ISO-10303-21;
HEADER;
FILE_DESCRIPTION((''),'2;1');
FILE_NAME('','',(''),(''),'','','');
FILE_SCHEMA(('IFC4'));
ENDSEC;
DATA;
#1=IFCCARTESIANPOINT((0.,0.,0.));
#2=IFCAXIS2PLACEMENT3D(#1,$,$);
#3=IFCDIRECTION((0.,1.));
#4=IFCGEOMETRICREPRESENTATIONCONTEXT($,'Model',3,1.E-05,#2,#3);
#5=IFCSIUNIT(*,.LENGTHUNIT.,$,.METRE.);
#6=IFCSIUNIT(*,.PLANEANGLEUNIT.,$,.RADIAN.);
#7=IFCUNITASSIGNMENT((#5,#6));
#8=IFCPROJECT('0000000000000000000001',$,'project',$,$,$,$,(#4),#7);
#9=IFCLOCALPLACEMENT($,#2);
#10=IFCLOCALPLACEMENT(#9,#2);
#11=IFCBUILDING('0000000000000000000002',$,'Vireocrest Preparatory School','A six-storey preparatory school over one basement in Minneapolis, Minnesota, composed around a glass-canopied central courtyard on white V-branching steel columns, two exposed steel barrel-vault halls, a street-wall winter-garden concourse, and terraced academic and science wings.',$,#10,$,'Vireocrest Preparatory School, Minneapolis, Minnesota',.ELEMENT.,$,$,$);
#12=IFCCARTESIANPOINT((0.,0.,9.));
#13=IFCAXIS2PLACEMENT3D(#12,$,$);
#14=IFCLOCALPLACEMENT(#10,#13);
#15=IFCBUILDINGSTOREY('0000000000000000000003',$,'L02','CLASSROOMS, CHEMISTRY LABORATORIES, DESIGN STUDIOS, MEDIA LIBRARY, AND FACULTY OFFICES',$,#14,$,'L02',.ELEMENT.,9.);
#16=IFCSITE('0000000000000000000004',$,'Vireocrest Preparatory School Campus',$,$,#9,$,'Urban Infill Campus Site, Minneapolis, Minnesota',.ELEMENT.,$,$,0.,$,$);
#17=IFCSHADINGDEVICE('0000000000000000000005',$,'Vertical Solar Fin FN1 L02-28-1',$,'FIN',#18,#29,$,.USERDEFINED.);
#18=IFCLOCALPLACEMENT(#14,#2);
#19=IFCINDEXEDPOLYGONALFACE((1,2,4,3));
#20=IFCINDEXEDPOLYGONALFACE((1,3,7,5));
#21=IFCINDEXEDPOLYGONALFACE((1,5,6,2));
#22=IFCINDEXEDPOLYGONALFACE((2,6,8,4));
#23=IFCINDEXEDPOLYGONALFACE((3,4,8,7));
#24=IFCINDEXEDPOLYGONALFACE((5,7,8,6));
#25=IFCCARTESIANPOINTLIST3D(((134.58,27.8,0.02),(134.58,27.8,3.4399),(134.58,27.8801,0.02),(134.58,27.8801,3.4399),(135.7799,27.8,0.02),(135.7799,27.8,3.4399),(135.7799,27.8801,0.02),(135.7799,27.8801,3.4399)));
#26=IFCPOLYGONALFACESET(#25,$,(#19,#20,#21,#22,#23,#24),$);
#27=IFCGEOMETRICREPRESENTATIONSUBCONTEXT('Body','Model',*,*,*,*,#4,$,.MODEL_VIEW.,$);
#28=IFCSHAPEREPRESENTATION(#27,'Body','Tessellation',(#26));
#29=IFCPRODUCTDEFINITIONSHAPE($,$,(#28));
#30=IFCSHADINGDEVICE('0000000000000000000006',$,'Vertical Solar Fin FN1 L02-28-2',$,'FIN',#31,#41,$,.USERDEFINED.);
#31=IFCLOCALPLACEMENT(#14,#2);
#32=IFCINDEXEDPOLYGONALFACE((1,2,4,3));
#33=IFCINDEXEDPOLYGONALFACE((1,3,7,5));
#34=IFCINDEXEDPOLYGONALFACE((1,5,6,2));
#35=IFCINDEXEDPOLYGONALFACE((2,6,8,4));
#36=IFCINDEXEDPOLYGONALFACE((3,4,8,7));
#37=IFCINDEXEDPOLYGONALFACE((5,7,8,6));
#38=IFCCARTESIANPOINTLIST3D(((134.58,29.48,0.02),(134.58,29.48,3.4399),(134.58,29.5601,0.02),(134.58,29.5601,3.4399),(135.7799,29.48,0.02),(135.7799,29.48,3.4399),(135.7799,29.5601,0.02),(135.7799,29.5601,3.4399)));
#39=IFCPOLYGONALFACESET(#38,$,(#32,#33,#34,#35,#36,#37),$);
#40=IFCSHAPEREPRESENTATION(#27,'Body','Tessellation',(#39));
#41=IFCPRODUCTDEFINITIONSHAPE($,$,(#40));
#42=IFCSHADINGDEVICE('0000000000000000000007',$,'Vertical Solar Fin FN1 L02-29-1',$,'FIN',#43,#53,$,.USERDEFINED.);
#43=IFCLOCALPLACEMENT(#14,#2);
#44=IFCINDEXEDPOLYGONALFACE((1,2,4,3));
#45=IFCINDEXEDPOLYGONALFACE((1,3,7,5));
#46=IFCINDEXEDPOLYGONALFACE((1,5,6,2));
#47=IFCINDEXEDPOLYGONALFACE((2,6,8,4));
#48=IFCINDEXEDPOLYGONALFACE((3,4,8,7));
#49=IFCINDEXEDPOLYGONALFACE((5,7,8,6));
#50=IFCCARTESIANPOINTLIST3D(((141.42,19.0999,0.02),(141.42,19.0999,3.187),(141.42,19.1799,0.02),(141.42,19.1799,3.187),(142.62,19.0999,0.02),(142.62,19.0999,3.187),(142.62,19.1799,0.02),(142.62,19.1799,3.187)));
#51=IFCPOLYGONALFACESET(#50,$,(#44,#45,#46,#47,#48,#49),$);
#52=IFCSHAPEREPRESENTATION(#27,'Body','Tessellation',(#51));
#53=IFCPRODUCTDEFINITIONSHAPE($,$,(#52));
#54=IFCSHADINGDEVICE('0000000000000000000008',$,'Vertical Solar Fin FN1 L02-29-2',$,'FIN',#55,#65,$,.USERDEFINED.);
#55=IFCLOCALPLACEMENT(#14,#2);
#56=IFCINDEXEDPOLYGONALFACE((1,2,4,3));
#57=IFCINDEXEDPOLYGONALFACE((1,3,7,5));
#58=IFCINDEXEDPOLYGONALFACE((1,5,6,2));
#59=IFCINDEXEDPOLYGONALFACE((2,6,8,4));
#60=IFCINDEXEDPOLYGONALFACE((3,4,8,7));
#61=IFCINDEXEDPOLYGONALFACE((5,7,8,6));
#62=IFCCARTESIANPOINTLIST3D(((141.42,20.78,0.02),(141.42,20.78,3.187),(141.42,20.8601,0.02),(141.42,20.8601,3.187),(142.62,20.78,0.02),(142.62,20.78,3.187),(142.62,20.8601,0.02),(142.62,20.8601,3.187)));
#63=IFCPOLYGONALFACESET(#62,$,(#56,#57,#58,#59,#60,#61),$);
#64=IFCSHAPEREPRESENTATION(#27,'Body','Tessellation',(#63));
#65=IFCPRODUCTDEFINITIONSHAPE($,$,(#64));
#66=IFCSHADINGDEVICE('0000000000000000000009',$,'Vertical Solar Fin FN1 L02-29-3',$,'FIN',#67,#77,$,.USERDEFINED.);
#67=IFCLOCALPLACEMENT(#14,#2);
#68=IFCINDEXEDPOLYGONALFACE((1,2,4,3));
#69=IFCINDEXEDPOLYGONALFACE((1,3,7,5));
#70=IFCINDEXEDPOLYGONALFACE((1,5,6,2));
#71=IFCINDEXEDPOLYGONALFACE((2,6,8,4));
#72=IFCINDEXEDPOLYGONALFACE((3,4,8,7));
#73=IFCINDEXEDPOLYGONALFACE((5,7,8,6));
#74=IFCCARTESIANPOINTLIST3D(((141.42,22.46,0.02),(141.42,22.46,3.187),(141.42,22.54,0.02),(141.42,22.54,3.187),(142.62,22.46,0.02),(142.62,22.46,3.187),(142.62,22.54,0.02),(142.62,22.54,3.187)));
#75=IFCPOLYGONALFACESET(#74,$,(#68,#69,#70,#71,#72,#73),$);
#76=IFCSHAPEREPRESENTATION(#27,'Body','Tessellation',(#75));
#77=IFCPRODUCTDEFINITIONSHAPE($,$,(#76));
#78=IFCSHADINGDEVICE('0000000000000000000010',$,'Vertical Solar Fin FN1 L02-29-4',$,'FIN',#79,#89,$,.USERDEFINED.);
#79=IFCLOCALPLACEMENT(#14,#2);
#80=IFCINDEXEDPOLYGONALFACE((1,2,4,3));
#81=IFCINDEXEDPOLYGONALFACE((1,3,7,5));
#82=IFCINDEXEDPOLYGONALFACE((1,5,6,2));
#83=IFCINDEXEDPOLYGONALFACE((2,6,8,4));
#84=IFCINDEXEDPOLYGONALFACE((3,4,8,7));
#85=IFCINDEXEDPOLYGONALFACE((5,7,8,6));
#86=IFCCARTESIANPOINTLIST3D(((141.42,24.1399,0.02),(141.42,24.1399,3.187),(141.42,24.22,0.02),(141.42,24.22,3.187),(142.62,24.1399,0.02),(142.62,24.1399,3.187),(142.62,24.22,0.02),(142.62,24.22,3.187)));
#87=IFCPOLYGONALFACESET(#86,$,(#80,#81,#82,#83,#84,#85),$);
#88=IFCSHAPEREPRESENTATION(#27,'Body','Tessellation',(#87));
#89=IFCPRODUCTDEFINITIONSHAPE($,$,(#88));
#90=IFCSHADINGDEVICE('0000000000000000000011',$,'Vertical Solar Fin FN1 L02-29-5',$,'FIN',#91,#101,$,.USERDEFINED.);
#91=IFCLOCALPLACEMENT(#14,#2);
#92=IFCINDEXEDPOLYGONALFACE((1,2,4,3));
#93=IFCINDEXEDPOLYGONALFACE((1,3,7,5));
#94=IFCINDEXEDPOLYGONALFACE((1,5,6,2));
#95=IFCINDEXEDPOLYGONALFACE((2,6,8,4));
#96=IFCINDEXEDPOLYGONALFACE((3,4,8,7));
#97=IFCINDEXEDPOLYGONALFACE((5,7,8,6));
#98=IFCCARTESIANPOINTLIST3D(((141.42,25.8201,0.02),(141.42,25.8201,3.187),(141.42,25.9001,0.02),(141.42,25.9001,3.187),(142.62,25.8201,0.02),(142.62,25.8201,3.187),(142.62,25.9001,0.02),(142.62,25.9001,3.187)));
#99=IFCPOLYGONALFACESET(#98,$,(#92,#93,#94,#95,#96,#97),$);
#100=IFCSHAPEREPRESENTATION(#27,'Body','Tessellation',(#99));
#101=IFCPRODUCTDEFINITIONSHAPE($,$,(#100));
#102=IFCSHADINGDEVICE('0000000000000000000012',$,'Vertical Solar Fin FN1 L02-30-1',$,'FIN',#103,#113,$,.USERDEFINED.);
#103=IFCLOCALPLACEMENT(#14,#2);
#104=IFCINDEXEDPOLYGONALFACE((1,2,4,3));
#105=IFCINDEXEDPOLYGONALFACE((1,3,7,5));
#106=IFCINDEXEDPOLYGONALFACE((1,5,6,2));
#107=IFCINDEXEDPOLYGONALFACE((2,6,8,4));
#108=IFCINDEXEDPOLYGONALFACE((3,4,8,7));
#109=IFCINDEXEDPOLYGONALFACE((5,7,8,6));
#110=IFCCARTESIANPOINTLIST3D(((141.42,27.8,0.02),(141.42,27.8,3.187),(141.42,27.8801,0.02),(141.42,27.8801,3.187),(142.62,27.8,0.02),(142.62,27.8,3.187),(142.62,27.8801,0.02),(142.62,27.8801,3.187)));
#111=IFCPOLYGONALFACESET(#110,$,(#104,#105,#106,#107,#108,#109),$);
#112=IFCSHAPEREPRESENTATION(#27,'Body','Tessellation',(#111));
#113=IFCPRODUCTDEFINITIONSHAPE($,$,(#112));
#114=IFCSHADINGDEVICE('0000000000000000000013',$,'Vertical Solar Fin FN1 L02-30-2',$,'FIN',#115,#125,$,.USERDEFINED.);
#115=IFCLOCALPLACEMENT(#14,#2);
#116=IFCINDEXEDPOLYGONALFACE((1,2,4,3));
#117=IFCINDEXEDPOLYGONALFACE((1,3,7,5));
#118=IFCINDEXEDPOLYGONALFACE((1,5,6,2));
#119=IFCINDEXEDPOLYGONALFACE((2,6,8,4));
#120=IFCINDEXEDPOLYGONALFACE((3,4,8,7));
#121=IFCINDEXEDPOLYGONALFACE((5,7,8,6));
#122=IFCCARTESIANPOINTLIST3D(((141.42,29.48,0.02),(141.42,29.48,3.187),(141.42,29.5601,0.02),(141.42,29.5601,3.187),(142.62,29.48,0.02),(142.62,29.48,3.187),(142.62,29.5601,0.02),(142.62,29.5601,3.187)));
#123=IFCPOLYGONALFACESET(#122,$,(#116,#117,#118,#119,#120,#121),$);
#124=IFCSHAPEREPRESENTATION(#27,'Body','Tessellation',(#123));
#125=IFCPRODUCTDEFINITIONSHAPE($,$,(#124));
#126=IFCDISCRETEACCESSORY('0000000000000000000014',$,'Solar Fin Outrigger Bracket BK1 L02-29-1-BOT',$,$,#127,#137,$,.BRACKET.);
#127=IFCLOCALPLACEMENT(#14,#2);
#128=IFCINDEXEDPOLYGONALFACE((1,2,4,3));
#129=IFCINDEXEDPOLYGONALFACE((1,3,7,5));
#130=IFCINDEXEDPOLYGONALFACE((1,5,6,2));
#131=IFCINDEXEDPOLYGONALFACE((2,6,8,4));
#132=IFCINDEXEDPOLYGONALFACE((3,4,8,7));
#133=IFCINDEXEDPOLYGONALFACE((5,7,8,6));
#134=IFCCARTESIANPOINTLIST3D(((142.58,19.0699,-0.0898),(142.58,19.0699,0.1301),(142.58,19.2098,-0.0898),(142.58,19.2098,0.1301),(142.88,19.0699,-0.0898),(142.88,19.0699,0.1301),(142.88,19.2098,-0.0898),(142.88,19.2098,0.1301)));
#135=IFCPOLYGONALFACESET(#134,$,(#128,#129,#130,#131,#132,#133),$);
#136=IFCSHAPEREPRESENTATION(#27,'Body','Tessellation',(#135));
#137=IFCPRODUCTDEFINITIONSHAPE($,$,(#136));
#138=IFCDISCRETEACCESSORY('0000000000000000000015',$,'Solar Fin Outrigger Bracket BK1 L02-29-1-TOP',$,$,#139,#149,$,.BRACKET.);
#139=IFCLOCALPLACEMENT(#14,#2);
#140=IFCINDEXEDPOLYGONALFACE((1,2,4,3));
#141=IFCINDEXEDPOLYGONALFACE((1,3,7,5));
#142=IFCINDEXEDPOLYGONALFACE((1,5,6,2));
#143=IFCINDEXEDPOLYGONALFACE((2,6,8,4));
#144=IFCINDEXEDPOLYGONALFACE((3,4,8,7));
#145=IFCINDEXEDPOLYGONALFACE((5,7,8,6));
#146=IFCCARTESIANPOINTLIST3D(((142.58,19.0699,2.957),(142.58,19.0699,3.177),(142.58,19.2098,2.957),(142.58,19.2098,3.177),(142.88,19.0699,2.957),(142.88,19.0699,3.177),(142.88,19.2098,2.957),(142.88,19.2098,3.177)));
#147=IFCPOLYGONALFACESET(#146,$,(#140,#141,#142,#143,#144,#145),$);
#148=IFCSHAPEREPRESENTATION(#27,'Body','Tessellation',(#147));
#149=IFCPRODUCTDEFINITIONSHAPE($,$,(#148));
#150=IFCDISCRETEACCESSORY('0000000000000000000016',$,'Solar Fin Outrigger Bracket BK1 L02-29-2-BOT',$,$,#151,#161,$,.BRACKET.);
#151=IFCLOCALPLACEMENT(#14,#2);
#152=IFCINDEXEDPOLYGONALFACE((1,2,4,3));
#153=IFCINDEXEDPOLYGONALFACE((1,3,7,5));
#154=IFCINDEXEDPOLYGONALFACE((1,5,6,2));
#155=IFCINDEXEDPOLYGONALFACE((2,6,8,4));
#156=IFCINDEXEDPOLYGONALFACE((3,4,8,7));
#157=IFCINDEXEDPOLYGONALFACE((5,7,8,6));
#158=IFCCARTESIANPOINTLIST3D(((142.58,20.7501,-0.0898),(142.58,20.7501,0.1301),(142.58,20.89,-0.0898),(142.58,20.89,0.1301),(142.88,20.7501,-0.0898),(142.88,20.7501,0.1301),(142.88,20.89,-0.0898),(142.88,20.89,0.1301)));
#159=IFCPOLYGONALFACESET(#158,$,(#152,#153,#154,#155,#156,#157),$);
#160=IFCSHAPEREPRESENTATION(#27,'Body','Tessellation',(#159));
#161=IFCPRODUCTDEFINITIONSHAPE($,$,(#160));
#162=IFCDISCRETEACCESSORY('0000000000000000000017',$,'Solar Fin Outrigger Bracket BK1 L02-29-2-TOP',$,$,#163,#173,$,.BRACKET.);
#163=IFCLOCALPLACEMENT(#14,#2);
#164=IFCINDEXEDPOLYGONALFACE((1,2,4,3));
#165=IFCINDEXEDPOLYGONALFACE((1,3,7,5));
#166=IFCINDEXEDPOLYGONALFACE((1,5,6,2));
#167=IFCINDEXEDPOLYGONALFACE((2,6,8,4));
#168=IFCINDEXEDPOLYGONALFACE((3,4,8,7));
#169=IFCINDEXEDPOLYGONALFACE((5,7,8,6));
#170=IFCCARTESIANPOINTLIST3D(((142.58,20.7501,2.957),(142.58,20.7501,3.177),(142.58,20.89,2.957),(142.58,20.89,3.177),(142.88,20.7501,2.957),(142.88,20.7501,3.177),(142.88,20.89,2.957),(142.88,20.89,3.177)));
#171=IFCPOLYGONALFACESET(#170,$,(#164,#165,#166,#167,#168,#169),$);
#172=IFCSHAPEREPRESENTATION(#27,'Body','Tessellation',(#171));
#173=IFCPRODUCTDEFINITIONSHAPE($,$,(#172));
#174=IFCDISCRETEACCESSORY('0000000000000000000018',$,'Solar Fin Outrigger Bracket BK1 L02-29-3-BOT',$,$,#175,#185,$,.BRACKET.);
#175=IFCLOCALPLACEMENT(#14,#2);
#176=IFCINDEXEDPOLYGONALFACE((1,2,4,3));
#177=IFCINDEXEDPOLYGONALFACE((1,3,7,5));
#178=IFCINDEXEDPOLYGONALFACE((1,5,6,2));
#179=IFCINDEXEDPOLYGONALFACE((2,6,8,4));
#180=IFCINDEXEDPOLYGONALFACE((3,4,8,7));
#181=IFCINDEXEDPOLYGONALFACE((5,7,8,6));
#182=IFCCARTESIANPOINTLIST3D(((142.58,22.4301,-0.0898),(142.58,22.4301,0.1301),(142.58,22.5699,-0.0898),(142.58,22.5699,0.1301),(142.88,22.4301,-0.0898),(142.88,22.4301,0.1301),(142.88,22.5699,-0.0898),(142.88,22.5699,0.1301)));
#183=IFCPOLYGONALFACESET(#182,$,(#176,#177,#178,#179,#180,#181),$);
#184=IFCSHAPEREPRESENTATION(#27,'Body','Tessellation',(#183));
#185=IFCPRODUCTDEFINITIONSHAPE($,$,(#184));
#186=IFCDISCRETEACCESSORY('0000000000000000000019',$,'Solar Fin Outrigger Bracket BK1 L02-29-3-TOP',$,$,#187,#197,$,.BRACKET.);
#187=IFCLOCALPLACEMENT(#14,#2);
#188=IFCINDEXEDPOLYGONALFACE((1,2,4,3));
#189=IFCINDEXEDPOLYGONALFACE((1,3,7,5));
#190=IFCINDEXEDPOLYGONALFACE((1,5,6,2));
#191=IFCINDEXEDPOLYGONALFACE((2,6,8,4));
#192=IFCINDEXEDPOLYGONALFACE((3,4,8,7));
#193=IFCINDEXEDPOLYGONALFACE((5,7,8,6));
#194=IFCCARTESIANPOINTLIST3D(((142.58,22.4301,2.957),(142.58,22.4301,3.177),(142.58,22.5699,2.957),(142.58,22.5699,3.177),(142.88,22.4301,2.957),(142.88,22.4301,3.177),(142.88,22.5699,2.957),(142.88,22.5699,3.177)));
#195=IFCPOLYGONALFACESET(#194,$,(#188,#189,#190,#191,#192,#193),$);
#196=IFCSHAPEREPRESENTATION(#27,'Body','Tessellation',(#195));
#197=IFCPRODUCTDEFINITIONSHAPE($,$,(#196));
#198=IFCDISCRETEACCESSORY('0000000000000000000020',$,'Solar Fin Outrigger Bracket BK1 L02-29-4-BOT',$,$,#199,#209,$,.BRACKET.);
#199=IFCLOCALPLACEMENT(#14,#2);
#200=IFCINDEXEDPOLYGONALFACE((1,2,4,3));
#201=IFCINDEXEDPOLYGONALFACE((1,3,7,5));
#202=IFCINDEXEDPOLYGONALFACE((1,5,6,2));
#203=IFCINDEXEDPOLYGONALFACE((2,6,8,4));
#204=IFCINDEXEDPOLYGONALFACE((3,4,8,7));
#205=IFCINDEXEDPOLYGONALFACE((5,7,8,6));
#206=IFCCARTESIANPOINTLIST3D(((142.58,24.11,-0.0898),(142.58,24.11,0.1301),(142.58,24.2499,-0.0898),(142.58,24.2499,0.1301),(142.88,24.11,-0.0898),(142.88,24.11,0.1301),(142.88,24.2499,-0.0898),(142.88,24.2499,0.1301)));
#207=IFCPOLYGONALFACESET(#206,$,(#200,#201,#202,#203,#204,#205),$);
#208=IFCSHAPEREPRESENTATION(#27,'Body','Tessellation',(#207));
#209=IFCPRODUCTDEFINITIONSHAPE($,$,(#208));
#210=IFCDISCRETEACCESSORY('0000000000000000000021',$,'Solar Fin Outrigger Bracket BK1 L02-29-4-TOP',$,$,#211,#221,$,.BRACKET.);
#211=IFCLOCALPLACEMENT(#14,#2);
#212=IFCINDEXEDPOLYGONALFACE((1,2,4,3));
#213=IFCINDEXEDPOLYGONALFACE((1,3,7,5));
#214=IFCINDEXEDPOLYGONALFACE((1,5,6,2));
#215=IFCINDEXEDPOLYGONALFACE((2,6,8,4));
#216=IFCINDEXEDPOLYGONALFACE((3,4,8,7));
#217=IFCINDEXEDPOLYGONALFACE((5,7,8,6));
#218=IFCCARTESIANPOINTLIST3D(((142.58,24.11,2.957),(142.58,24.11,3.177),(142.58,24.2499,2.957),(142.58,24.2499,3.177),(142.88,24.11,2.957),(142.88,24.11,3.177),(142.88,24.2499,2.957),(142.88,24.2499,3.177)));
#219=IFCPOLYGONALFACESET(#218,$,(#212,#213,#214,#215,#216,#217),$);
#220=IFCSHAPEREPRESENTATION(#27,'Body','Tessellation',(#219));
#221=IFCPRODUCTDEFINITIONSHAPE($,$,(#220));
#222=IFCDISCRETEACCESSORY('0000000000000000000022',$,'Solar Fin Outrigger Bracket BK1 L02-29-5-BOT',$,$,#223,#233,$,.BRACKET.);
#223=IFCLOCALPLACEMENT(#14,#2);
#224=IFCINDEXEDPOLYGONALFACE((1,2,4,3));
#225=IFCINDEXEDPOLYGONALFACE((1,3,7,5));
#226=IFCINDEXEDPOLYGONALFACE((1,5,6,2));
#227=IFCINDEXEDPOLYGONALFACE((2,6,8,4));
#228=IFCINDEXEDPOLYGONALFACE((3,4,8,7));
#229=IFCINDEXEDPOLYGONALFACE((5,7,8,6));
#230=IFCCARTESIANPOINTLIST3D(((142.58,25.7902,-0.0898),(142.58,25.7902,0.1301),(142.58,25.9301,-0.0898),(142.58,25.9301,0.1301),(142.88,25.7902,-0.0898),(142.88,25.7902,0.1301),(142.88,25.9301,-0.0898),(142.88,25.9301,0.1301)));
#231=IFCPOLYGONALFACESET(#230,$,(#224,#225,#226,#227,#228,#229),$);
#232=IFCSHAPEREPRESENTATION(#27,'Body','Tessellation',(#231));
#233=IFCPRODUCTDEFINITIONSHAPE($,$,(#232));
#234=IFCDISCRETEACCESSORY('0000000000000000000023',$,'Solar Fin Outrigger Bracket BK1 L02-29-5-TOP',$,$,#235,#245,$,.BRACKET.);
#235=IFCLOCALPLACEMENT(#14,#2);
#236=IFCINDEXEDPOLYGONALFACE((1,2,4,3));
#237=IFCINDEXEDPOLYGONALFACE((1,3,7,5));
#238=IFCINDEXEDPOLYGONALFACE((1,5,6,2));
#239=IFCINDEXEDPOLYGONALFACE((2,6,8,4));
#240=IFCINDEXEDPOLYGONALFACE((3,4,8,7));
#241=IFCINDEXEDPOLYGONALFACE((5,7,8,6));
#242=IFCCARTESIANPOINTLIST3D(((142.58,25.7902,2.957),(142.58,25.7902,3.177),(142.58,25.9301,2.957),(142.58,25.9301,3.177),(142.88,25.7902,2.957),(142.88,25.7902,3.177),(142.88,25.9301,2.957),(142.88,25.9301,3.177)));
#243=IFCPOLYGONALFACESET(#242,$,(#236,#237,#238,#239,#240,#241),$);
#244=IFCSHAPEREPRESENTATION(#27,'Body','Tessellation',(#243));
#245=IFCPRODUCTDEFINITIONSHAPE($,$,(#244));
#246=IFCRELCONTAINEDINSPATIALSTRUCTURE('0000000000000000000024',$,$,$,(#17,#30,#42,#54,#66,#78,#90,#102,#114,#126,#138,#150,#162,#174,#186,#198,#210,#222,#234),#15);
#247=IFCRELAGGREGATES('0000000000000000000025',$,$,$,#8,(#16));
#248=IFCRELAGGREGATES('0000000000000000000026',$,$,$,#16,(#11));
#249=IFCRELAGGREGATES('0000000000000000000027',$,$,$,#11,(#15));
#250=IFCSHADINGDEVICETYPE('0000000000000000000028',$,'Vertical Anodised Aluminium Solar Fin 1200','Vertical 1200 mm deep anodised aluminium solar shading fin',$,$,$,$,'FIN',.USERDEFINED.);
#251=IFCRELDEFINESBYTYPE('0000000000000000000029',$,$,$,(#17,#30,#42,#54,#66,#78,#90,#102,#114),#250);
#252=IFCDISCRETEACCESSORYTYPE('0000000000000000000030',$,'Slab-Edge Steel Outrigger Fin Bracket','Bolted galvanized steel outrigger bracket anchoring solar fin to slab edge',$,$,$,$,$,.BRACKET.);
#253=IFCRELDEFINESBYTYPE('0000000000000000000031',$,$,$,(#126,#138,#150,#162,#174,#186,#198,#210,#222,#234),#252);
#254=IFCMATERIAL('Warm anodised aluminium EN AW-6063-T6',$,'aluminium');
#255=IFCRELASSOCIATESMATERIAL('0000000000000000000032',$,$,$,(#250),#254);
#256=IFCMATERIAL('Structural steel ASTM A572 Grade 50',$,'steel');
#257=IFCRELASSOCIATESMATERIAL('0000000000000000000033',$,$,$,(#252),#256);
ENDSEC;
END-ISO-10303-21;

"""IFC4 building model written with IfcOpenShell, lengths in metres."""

from ifc_helpers import new_model, si_unit, direction, frame, origin, origin_2d, place, context, subcontext, project, spatial, rectangle, extrude, material, material_profile, profile_set, type_object, element, save


model = new_model("IFC4")

# Units and contexts
model_context = context("Model", 3, precision=1e-05, world=origin(), true_north=direction((0.0, 1.0)))
body_context = subcontext(model_context, "Body", "Model", "MODEL_VIEW")
ifc_project = project(units=[si_unit("LENGTHUNIT", "METRE"), si_unit("PLANEANGLEUNIT", "RADIAN")], contexts=[model_context])

# Site, building, storey
site_placement = place(None, origin())
site = spatial("IfcSite", under=ifc_project, at=site_placement, Name="Vireocrest Preparatory School Campus", LongName="Urban Infill Campus Site, Minneapolis, Minnesota", CompositionType="ELEMENT", RefElevation=0.0)
building_placement = place(site_placement, origin())
building = spatial("IfcBuilding", under=site, at=building_placement, Name="Vireocrest Preparatory School", Description="A six-storey preparatory school over one basement in Minneapolis, Minnesota, composed around a glass-canopied central courtyard on white V-branching steel columns, two exposed steel barrel-vault halls, a street-wall winter-garden concourse, and terraced academic and science wings.", LongName="Vireocrest Preparatory School, Minneapolis, Minnesota", CompositionType="ELEMENT")
storey_placement = place(building_placement, frame((0.0, 0.0, 9.0)))
storey = spatial("IfcBuildingStorey", under=building, at=storey_placement, Name="L02", Description="CLASSROOMS, CHEMISTRY LABORATORIES, DESIGN STUDIOS, MEDIA LIBRARY, AND FACULTY OFFICES", LongName="L02", CompositionType="ELEMENT", Elevation=9.0)

# Shading devices
ifc_material_1 = material(Name="Warm anodised aluminium EN AW-6063-T6", Category="aluminium")
ifc_material_profile_1 = material_profile(ifc_material_1, rectangle(XDim=0.0801, YDim=1.2, at=origin_2d()), Name="FIN 80x1200")
ifc_profile_set_1 = profile_set([ifc_material_profile_1], Name="Warm anodised aluminium EN AW-6063-T6")
shading_device_type = type_object("IfcShadingDeviceType", Name="Vertical Anodised Aluminium Solar Fin 1200", Description="Vertical 1200 mm deep anodised aluminium solar shading fin", ElementType="FIN", PredefinedType="USERDEFINED", material=ifc_profile_set_1)
for number, where, z_axis, x_axis, name in (
    (1, (135.1799, 27.8401, 0.02), (0.0, 0.0, 1.0), (0.0, -1.0, 0.0), "Vertical Solar Fin FN1 L02-28-1"),
    (2, (135.1799, 29.52, 0.02), (0.0, 0.0, 1.0), (0.0, -1.0, 0.0), "Vertical Solar Fin FN1 L02-28-2"),
):
    element("IfcShadingDevice", number, at=place(storey_placement, frame(where, z_axis=z_axis, x_axis=x_axis)), inside=storey, type_object=shading_device_type, Name=name, ObjectType="FIN", PredefinedType="USERDEFINED", context=body_context, shape_type="SweptSolid", body=[
        extrude(rectangle(XDim=0.0801, YDim=1.2, at=origin_2d()), origin(), (0.0, 0.0, 1.0), 3.4199),
    ])
for number, where, z_axis, x_axis, name in (
    (3, (142.02, 19.1399, 0.02), (0.0, 0.0, 1.0), (0.0, 1.0, 0.0), "Vertical Solar Fin FN1 L02-29-1"),
    (4, (142.02, 20.8201, 0.02), (0.0, 0.0, 1.0), (0.0, 1.0, 0.0), "Vertical Solar Fin FN1 L02-29-2"),
    (5, (142.02, 22.5, 0.02), (0.0, 0.0, 1.0), (0.0, 1.0, 0.0), "Vertical Solar Fin FN1 L02-29-3"),
    (6, (142.02, 24.1799, 0.02), (0.0, 0.0, 1.0), (0.0, 1.0, 0.0), "Vertical Solar Fin FN1 L02-29-4"),
    (7, (142.02, 25.8601, 0.02), (0.0, 0.0, 1.0), (0.0, 1.0, 0.0), "Vertical Solar Fin FN1 L02-29-5"),
    (8, (142.02, 27.8401, 0.02), (0.0, 0.0, 1.0), (0.0, 1.0, 0.0), "Vertical Solar Fin FN1 L02-30-1"),
    (9, (142.02, 29.52, 0.02), (0.0, 0.0, 1.0), (0.0, 1.0, 0.0), "Vertical Solar Fin FN1 L02-30-2"),
):
    element("IfcShadingDevice", number, at=place(storey_placement, frame(where, z_axis=z_axis, x_axis=x_axis)), inside=storey, type_object=shading_device_type, Name=name, ObjectType="FIN", PredefinedType="USERDEFINED", context=body_context, shape_type="SweptSolid", body=[
        extrude(rectangle(XDim=0.0801, YDim=1.2, at=origin_2d()), origin(), (0.0, 0.0, 1.0), 3.167),
    ])

# Discrete accessories
ifc_material_2 = material(Name="Structural steel ASTM A572 Grade 50", Category="steel")
discrete_accessory_type = type_object("IfcDiscreteAccessoryType", Name="Slab-Edge Steel Outrigger Fin Bracket", Description="Bolted galvanized steel outrigger bracket anchoring solar fin to slab edge", PredefinedType="BRACKET", material=ifc_material_2)
for number, where, z_axis, x_axis, name in (
    (10, (142.73, 19.1399, -0.0898), (0.0, 0.0, 1.0), (0.0, 1.0, 0.0), "Solar Fin Outrigger Bracket BK1 L02-29-1-BOT"),
    (11, (142.73, 19.1399, 2.957), (0.0, 0.0, 1.0), (0.0, 1.0, 0.0), "Solar Fin Outrigger Bracket BK1 L02-29-1-TOP"),
    (12, (142.73, 20.8201, -0.0898), (0.0, 0.0, 1.0), (0.0, 1.0, 0.0), "Solar Fin Outrigger Bracket BK1 L02-29-2-BOT"),
    (13, (142.73, 20.8201, 2.957), (0.0, 0.0, 1.0), (0.0, 1.0, 0.0), "Solar Fin Outrigger Bracket BK1 L02-29-2-TOP"),
    (14, (142.73, 22.5, -0.0898), (0.0, 0.0, 1.0), (0.0, 1.0, 0.0), "Solar Fin Outrigger Bracket BK1 L02-29-3-BOT"),
    (15, (142.73, 22.5, 2.957), (0.0, 0.0, 1.0), (0.0, 1.0, 0.0), "Solar Fin Outrigger Bracket BK1 L02-29-3-TOP"),
    (16, (142.73, 24.1799, -0.0898), (0.0, 0.0, 1.0), (0.0, 1.0, 0.0), "Solar Fin Outrigger Bracket BK1 L02-29-4-BOT"),
    (17, (142.73, 24.1799, 2.957), (0.0, 0.0, 1.0), (0.0, 1.0, 0.0), "Solar Fin Outrigger Bracket BK1 L02-29-4-TOP"),
    (18, (142.73, 25.8601, -0.0898), (0.0, 0.0, 1.0), (0.0, 1.0, 0.0), "Solar Fin Outrigger Bracket BK1 L02-29-5-BOT"),
    (19, (142.73, 25.8601, 2.957), (0.0, 0.0, 1.0), (0.0, 1.0, 0.0), "Solar Fin Outrigger Bracket BK1 L02-29-5-TOP"),
):
    element("IfcDiscreteAccessory", number, at=place(storey_placement, frame(where, z_axis=z_axis, x_axis=x_axis)), inside=storey, type_object=discrete_accessory_type, Name=name, PredefinedType="BRACKET", context=body_context, shape_type="SweptSolid", body=[
        extrude(rectangle(XDim=0.1399, YDim=0.3, at=origin_2d()), origin(), (0.0, 0.0, 1.0), 0.22),
    ])

save(model, "model.ifc")
